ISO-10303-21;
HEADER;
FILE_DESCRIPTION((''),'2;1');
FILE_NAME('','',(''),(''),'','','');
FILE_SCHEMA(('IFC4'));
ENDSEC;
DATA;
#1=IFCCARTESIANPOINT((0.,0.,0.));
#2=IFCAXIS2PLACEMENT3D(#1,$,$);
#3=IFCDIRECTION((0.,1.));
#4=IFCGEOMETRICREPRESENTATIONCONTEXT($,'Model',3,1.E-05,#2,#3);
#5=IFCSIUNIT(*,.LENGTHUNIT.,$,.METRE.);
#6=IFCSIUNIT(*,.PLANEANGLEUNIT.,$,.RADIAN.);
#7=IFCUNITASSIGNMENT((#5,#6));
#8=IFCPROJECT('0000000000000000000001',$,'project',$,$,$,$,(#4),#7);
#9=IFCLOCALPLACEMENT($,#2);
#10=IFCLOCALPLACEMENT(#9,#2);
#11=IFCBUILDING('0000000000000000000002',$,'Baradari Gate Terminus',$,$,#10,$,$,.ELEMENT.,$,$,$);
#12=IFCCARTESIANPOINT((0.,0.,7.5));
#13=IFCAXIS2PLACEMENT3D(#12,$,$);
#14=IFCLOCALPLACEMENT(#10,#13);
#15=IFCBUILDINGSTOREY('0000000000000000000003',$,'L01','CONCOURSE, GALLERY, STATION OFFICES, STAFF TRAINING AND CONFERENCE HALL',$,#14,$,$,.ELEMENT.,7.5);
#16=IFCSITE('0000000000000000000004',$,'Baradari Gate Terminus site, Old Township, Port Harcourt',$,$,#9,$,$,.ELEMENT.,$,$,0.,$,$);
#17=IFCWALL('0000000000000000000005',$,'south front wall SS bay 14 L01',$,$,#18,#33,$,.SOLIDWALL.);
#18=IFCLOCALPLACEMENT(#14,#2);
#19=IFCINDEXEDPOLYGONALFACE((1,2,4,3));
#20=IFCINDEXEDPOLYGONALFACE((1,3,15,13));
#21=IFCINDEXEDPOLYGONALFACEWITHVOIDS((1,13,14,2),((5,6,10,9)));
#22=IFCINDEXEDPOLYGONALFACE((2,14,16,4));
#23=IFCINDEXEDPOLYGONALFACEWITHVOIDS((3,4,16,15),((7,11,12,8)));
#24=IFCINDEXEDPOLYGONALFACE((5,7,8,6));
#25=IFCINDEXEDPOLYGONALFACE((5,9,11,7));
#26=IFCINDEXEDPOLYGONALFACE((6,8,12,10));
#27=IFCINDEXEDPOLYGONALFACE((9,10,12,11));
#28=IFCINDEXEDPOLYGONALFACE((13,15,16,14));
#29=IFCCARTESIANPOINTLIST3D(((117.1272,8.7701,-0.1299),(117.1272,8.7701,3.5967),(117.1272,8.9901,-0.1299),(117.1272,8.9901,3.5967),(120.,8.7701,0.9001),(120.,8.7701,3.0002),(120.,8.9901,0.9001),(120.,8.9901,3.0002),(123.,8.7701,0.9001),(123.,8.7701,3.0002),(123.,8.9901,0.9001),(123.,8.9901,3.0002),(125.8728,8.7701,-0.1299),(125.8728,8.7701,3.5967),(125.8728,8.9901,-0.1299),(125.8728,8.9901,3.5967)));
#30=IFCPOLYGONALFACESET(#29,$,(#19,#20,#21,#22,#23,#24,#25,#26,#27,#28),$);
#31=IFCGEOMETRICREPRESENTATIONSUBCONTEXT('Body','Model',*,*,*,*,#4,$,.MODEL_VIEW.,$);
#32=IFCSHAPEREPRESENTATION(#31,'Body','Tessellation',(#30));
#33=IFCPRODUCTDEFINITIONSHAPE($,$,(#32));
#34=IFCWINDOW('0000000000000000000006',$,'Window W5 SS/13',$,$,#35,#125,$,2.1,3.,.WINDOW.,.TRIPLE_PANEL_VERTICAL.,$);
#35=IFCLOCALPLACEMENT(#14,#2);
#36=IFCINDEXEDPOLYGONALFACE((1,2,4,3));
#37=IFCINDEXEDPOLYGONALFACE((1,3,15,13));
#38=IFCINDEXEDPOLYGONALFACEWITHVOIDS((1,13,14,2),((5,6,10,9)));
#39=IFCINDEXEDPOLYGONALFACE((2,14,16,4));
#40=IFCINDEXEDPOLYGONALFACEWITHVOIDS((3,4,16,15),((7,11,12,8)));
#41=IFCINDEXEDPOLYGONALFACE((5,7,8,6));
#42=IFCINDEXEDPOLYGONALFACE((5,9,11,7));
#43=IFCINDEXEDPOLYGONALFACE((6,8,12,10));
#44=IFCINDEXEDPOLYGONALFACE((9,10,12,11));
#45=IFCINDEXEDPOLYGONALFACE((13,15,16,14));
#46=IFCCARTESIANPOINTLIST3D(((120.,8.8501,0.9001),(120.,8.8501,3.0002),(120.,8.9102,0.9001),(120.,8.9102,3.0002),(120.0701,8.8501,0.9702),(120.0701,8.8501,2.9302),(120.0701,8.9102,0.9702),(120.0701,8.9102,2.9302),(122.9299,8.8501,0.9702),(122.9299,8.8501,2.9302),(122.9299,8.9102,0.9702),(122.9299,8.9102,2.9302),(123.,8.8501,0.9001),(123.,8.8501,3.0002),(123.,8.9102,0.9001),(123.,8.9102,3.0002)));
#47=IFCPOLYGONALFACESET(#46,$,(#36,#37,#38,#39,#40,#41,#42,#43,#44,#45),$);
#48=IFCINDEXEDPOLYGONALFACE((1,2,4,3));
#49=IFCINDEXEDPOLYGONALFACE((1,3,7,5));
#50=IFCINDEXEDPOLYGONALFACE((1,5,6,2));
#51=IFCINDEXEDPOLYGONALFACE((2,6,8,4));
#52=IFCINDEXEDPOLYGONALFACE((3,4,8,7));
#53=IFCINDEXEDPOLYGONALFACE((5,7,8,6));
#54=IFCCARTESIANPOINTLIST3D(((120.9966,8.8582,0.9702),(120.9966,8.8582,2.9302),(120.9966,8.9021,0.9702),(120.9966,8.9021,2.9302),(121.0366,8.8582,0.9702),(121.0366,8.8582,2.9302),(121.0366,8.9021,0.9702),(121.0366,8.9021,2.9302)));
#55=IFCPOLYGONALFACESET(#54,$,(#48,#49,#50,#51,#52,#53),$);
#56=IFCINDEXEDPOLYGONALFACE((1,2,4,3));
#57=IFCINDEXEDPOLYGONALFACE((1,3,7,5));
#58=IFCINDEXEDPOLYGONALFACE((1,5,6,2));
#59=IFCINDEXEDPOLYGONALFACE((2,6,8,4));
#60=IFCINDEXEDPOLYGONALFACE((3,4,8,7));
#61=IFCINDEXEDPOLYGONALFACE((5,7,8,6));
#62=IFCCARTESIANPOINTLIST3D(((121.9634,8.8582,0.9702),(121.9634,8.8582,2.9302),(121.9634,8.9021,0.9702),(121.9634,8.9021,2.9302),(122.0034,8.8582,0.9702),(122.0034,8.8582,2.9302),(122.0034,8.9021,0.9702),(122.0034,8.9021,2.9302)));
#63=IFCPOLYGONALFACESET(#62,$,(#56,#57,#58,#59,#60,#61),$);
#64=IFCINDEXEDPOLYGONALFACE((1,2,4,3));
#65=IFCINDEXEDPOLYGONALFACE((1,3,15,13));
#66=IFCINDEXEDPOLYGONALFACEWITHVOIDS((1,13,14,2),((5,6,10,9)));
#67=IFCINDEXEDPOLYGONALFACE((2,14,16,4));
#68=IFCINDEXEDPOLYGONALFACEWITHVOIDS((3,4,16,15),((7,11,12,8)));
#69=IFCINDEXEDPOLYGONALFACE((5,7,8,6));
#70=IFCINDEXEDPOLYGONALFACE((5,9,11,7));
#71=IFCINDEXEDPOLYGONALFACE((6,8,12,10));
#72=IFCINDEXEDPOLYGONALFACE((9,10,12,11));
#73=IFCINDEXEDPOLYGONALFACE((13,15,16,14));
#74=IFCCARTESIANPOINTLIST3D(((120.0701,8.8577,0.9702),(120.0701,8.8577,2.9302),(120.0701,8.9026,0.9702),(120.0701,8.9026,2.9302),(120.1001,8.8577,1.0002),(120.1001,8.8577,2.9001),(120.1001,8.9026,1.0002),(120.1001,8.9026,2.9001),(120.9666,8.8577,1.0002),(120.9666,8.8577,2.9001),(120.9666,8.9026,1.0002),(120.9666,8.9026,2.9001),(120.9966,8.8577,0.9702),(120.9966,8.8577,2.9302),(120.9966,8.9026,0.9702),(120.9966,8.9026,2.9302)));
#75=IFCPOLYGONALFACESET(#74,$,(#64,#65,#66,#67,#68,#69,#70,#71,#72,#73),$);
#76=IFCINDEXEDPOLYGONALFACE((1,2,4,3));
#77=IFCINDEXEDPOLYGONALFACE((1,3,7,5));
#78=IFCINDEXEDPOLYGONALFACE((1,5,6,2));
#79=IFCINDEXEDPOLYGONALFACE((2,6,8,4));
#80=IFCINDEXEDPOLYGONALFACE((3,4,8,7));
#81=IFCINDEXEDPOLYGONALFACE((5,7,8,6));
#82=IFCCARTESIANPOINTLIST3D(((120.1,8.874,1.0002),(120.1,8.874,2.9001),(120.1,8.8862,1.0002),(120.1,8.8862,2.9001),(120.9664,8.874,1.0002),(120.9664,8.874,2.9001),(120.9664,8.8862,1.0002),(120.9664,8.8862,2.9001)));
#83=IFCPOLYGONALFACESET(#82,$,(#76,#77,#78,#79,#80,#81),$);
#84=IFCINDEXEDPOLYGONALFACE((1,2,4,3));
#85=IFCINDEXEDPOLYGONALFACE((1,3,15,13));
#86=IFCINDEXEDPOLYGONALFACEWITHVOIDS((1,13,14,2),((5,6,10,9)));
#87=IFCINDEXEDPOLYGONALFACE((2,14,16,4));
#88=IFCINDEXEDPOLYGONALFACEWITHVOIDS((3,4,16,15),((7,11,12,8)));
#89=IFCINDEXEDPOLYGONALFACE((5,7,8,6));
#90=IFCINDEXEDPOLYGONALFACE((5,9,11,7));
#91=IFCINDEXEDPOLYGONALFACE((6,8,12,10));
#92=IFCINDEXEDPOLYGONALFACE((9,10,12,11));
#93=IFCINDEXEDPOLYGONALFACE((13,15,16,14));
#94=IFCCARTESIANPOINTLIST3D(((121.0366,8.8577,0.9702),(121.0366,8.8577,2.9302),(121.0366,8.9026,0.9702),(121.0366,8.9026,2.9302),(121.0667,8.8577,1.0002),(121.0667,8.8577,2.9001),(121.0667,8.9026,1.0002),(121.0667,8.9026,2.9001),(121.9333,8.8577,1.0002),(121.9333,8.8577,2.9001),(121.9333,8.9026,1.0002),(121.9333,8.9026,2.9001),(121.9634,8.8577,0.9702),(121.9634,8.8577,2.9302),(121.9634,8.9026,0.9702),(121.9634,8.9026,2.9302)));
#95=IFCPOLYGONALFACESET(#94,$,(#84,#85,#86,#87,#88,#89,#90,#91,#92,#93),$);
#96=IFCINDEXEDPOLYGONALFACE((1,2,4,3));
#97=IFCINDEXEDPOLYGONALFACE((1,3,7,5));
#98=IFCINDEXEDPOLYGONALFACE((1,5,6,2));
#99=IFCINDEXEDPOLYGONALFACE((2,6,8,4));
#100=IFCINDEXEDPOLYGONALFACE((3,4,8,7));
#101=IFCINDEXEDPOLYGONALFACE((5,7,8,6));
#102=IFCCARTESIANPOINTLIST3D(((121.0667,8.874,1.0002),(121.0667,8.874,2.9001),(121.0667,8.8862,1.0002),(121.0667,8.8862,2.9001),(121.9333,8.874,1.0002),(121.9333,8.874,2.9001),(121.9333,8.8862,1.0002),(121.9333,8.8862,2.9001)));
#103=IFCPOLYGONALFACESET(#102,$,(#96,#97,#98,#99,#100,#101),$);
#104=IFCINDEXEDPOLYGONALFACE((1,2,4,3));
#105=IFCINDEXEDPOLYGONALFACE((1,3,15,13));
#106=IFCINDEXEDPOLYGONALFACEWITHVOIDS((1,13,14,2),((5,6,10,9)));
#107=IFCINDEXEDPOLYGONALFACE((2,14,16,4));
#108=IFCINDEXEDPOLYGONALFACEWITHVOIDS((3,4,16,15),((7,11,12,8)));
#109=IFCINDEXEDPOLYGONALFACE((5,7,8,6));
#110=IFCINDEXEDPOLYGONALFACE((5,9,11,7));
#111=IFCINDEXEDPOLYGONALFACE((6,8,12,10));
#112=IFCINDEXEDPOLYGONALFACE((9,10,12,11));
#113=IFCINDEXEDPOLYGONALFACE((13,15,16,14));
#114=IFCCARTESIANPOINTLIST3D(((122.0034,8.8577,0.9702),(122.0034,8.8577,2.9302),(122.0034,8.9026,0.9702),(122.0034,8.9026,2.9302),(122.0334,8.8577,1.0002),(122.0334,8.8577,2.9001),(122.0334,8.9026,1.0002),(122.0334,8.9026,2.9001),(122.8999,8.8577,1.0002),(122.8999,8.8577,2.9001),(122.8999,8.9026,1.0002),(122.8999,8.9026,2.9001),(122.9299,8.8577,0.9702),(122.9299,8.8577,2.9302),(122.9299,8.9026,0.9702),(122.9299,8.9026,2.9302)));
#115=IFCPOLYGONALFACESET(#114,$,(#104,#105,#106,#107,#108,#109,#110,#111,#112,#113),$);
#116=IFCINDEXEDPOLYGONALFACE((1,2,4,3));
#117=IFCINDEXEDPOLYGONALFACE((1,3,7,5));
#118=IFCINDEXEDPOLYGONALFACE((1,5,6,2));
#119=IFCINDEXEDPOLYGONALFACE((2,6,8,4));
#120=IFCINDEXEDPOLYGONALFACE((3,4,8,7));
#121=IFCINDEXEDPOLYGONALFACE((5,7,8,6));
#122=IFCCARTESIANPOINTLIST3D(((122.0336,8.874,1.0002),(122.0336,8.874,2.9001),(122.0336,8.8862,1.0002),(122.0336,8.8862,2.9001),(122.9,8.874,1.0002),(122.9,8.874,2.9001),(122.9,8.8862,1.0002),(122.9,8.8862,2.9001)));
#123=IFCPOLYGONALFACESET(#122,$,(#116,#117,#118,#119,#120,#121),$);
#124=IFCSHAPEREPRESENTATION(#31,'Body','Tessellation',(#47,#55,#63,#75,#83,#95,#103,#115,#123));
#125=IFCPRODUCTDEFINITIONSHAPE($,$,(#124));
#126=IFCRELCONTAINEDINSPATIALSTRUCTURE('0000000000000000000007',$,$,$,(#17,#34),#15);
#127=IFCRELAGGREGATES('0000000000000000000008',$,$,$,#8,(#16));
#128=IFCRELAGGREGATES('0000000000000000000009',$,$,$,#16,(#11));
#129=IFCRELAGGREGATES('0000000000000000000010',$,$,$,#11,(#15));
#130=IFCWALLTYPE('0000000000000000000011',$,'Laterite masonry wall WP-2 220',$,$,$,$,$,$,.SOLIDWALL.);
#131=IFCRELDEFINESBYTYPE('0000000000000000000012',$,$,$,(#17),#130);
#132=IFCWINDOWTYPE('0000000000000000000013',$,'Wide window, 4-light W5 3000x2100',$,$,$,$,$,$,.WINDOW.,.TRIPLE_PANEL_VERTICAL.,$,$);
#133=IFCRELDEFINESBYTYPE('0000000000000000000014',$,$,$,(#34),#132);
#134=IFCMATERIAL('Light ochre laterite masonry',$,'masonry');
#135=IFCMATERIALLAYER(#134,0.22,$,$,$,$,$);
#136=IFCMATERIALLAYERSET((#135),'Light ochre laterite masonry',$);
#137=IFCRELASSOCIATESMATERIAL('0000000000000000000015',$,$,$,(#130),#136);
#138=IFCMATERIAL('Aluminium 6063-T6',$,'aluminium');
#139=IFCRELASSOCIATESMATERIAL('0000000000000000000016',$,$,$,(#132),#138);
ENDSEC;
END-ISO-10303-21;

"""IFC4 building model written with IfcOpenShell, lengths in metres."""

from ifc_helpers import new_model, si_unit, direction, frame, frame_2d, origin, place, context, subcontext, project, spatial, polyline, rectangle, outline, extrude, material, layer, layer_set, type_object, element, fill, save


model = new_model("IFC4")

# Units and contexts
model_context = context("Model", 3, precision=1e-05, world=origin(), true_north=direction((0.0, 1.0)))
body_context = subcontext(model_context, "Body", "Model", "MODEL_VIEW")
ifc_project = project(units=[si_unit("LENGTHUNIT", "METRE"), si_unit("PLANEANGLEUNIT", "RADIAN")], contexts=[model_context])

# Site, building, storey
site_placement = place(None, origin())
site = spatial("IfcSite", under=ifc_project, at=site_placement, Name="Baradari Gate Terminus site, Old Township, Port Harcourt", CompositionType="ELEMENT", RefElevation=0.0)
building_placement = place(site_placement, origin())
building = spatial("IfcBuilding", under=site, at=building_placement, Name="Baradari Gate Terminus", CompositionType="ELEMENT")
storey_placement = place(building_placement, frame((0.0, 0.0, 7.5)))
storey = spatial("IfcBuildingStorey", under=building, at=storey_placement, Name="L01", Description="CONCOURSE, GALLERY, STATION OFFICES, STAFF TRAINING AND CONFERENCE HALL", CompositionType="ELEMENT", Elevation=7.5)

# Wall, opening, window
ifc_material_1 = material(Name="Light ochre laterite masonry", Category="masonry")
ifc_layer_1 = layer(ifc_material_1, 0.22)
ifc_layer_set_1 = layer_set([ifc_layer_1], Name="Light ochre laterite masonry")
wall_type_1 = type_object("IfcWallType", Name="Laterite masonry wall WP-2 220", PredefinedType="SOLIDWALL", material=ifc_layer_set_1)
wall_1_placement = place(storey_placement, frame((117.1272, 8.8801, -0.1299), z_axis=(0.0, 0.0, 1.0), x_axis=(1.0, 0.0, 0.0)))
wall_1 = element("IfcWall", 1, at=wall_1_placement, inside=storey, type_object=wall_type_1, Name="south front wall SS bay 14 L01", PredefinedType="SOLIDWALL", context=body_context, shape_type="SweptSolid", body=[
    extrude(rectangle(XDim=8.7456, YDim=0.22, at=frame_2d((4.3728, 0.0))), origin(), (0.0, 0.0, 1.0), 3.7266),
])
opening_1_placement = place(wall_1_placement, frame((2.8728, 0.0, 1.03)))
opening_1 = element("IfcOpeningElement", 2, at=opening_1_placement, cuts=wall_1, PredefinedType="OPENING", context=body_context, shape_type="SweptSolid", body=[
    extrude(rectangle(XDim=3.0, YDim=2.1001, at=frame_2d((1.5, 1.05))), frame((0.0, 0.1199, 0.0), z_axis=(0.0, -1.0, 0.0), x_axis=(1.0, 0.0, 0.0)), (0.0, 0.0, 1.0), 0.24),
])
ifc_material_2 = material(Name="Aluminium 6063-T6", Category="aluminium")
window_type = type_object("IfcWindowType", Name="Wide window, 4-light W5 3000x2100", PartitioningType="TRIPLE_PANEL_VERTICAL", PredefinedType="WINDOW", material=ifc_material_2)
window_placement = place(opening_1_placement, origin())
window = element("IfcWindow", 3, at=window_placement, inside=storey, type_object=window_type, Name="Window W5 SS/13", OverallHeight=2.1, OverallWidth=3.0, PartitioningType="TRIPLE_PANEL_VERTICAL", PredefinedType="WINDOW", context=body_context, shape_type="SweptSolid", body=[
    extrude(outline(polyline([(0.0, 0.0), (3.0, 0.0), (3.0, 2.1001), (0.0, 2.1001), (0.0, 0.0)]), holes=[polyline([(0.0701, 0.0701), (2.9299, 0.0701), (2.9299, 2.03), (0.0701, 2.03), (0.0701, 0.0701)])]), frame((0.0, 0.03, 0.0), z_axis=(0.0, -1.0, 0.0), x_axis=(1.0, 0.0, 0.0)), (0.0, 0.0, 1.0), 0.0601),
    extrude(rectangle(XDim=0.04, YDim=1.96, at=frame_2d((1.0166, 1.05))), frame((0.0, 0.022, 0.0), z_axis=(0.0, -1.0, 0.0), x_axis=(1.0, 0.0, 0.0)), (0.0, 0.0, 1.0), 0.0439),
    extrude(rectangle(XDim=0.04, YDim=1.96, at=frame_2d((1.9834, 1.05))), frame((0.0, 0.022, 0.0), z_axis=(0.0, -1.0, 0.0), x_axis=(1.0, 0.0, 0.0)), (0.0, 0.0, 1.0), 0.0439),
    extrude(outline(polyline([(0.0701, 0.0701), (0.9966, 0.0701), (0.9966, 2.03), (0.0701, 2.03), (0.0701, 0.0701)]), holes=[polyline([(0.1001, 0.1001), (0.9666, 0.1001), (0.9666, 2.0), (0.1001, 2.0), (0.1001, 0.1001)])]), frame((0.0, 0.0225, 0.0), z_axis=(0.0, -1.0, 0.0), x_axis=(1.0, 0.0, 0.0)), (0.0, 0.0, 1.0), 0.0449),
    extrude(rectangle(XDim=0.8665, YDim=1.8999, at=frame_2d((0.5332, 1.05))), frame((0.0, 0.0061, 0.0), z_axis=(0.0, -1.0, 0.0), x_axis=(1.0, 0.0, 0.0)), (0.0, 0.0, 1.0), 0.0122),
    extrude(outline(polyline([(1.0366, 0.0701), (1.9634, 0.0701), (1.9634, 2.03), (1.0366, 2.03), (1.0366, 0.0701)]), holes=[polyline([(1.0667, 0.1001), (1.9333, 0.1001), (1.9333, 2.0), (1.0667, 2.0), (1.0667, 0.1001)])]), frame((0.0, 0.0225, 0.0), z_axis=(0.0, -1.0, 0.0), x_axis=(1.0, 0.0, 0.0)), (0.0, 0.0, 1.0), 0.0449),
    extrude(rectangle(XDim=0.8667, YDim=1.8999, at=frame_2d((1.5, 1.05))), frame((0.0, 0.0061, 0.0), z_axis=(0.0, -1.0, 0.0), x_axis=(1.0, 0.0, 0.0)), (0.0, 0.0, 1.0), 0.0122),
    extrude(outline(polyline([(2.0034, 0.0701), (2.9299, 0.0701), (2.9299, 2.03), (2.0034, 2.03), (2.0034, 0.0701)]), holes=[polyline([(2.0334, 0.1001), (2.8999, 0.1001), (2.8999, 2.0), (2.0334, 2.0), (2.0334, 0.1001)])]), frame((0.0, 0.0225, 0.0), z_axis=(0.0, -1.0, 0.0), x_axis=(1.0, 0.0, 0.0)), (0.0, 0.0, 1.0), 0.0449),
    extrude(rectangle(XDim=0.8665, YDim=1.8999, at=frame_2d((2.4668, 1.05))), frame((0.0, 0.0061, 0.0), z_axis=(0.0, -1.0, 0.0), x_axis=(1.0, 0.0, 0.0)), (0.0, 0.0, 1.0), 0.0122),
])
fill(opening_1, window)

save(model, "model.ifc")
